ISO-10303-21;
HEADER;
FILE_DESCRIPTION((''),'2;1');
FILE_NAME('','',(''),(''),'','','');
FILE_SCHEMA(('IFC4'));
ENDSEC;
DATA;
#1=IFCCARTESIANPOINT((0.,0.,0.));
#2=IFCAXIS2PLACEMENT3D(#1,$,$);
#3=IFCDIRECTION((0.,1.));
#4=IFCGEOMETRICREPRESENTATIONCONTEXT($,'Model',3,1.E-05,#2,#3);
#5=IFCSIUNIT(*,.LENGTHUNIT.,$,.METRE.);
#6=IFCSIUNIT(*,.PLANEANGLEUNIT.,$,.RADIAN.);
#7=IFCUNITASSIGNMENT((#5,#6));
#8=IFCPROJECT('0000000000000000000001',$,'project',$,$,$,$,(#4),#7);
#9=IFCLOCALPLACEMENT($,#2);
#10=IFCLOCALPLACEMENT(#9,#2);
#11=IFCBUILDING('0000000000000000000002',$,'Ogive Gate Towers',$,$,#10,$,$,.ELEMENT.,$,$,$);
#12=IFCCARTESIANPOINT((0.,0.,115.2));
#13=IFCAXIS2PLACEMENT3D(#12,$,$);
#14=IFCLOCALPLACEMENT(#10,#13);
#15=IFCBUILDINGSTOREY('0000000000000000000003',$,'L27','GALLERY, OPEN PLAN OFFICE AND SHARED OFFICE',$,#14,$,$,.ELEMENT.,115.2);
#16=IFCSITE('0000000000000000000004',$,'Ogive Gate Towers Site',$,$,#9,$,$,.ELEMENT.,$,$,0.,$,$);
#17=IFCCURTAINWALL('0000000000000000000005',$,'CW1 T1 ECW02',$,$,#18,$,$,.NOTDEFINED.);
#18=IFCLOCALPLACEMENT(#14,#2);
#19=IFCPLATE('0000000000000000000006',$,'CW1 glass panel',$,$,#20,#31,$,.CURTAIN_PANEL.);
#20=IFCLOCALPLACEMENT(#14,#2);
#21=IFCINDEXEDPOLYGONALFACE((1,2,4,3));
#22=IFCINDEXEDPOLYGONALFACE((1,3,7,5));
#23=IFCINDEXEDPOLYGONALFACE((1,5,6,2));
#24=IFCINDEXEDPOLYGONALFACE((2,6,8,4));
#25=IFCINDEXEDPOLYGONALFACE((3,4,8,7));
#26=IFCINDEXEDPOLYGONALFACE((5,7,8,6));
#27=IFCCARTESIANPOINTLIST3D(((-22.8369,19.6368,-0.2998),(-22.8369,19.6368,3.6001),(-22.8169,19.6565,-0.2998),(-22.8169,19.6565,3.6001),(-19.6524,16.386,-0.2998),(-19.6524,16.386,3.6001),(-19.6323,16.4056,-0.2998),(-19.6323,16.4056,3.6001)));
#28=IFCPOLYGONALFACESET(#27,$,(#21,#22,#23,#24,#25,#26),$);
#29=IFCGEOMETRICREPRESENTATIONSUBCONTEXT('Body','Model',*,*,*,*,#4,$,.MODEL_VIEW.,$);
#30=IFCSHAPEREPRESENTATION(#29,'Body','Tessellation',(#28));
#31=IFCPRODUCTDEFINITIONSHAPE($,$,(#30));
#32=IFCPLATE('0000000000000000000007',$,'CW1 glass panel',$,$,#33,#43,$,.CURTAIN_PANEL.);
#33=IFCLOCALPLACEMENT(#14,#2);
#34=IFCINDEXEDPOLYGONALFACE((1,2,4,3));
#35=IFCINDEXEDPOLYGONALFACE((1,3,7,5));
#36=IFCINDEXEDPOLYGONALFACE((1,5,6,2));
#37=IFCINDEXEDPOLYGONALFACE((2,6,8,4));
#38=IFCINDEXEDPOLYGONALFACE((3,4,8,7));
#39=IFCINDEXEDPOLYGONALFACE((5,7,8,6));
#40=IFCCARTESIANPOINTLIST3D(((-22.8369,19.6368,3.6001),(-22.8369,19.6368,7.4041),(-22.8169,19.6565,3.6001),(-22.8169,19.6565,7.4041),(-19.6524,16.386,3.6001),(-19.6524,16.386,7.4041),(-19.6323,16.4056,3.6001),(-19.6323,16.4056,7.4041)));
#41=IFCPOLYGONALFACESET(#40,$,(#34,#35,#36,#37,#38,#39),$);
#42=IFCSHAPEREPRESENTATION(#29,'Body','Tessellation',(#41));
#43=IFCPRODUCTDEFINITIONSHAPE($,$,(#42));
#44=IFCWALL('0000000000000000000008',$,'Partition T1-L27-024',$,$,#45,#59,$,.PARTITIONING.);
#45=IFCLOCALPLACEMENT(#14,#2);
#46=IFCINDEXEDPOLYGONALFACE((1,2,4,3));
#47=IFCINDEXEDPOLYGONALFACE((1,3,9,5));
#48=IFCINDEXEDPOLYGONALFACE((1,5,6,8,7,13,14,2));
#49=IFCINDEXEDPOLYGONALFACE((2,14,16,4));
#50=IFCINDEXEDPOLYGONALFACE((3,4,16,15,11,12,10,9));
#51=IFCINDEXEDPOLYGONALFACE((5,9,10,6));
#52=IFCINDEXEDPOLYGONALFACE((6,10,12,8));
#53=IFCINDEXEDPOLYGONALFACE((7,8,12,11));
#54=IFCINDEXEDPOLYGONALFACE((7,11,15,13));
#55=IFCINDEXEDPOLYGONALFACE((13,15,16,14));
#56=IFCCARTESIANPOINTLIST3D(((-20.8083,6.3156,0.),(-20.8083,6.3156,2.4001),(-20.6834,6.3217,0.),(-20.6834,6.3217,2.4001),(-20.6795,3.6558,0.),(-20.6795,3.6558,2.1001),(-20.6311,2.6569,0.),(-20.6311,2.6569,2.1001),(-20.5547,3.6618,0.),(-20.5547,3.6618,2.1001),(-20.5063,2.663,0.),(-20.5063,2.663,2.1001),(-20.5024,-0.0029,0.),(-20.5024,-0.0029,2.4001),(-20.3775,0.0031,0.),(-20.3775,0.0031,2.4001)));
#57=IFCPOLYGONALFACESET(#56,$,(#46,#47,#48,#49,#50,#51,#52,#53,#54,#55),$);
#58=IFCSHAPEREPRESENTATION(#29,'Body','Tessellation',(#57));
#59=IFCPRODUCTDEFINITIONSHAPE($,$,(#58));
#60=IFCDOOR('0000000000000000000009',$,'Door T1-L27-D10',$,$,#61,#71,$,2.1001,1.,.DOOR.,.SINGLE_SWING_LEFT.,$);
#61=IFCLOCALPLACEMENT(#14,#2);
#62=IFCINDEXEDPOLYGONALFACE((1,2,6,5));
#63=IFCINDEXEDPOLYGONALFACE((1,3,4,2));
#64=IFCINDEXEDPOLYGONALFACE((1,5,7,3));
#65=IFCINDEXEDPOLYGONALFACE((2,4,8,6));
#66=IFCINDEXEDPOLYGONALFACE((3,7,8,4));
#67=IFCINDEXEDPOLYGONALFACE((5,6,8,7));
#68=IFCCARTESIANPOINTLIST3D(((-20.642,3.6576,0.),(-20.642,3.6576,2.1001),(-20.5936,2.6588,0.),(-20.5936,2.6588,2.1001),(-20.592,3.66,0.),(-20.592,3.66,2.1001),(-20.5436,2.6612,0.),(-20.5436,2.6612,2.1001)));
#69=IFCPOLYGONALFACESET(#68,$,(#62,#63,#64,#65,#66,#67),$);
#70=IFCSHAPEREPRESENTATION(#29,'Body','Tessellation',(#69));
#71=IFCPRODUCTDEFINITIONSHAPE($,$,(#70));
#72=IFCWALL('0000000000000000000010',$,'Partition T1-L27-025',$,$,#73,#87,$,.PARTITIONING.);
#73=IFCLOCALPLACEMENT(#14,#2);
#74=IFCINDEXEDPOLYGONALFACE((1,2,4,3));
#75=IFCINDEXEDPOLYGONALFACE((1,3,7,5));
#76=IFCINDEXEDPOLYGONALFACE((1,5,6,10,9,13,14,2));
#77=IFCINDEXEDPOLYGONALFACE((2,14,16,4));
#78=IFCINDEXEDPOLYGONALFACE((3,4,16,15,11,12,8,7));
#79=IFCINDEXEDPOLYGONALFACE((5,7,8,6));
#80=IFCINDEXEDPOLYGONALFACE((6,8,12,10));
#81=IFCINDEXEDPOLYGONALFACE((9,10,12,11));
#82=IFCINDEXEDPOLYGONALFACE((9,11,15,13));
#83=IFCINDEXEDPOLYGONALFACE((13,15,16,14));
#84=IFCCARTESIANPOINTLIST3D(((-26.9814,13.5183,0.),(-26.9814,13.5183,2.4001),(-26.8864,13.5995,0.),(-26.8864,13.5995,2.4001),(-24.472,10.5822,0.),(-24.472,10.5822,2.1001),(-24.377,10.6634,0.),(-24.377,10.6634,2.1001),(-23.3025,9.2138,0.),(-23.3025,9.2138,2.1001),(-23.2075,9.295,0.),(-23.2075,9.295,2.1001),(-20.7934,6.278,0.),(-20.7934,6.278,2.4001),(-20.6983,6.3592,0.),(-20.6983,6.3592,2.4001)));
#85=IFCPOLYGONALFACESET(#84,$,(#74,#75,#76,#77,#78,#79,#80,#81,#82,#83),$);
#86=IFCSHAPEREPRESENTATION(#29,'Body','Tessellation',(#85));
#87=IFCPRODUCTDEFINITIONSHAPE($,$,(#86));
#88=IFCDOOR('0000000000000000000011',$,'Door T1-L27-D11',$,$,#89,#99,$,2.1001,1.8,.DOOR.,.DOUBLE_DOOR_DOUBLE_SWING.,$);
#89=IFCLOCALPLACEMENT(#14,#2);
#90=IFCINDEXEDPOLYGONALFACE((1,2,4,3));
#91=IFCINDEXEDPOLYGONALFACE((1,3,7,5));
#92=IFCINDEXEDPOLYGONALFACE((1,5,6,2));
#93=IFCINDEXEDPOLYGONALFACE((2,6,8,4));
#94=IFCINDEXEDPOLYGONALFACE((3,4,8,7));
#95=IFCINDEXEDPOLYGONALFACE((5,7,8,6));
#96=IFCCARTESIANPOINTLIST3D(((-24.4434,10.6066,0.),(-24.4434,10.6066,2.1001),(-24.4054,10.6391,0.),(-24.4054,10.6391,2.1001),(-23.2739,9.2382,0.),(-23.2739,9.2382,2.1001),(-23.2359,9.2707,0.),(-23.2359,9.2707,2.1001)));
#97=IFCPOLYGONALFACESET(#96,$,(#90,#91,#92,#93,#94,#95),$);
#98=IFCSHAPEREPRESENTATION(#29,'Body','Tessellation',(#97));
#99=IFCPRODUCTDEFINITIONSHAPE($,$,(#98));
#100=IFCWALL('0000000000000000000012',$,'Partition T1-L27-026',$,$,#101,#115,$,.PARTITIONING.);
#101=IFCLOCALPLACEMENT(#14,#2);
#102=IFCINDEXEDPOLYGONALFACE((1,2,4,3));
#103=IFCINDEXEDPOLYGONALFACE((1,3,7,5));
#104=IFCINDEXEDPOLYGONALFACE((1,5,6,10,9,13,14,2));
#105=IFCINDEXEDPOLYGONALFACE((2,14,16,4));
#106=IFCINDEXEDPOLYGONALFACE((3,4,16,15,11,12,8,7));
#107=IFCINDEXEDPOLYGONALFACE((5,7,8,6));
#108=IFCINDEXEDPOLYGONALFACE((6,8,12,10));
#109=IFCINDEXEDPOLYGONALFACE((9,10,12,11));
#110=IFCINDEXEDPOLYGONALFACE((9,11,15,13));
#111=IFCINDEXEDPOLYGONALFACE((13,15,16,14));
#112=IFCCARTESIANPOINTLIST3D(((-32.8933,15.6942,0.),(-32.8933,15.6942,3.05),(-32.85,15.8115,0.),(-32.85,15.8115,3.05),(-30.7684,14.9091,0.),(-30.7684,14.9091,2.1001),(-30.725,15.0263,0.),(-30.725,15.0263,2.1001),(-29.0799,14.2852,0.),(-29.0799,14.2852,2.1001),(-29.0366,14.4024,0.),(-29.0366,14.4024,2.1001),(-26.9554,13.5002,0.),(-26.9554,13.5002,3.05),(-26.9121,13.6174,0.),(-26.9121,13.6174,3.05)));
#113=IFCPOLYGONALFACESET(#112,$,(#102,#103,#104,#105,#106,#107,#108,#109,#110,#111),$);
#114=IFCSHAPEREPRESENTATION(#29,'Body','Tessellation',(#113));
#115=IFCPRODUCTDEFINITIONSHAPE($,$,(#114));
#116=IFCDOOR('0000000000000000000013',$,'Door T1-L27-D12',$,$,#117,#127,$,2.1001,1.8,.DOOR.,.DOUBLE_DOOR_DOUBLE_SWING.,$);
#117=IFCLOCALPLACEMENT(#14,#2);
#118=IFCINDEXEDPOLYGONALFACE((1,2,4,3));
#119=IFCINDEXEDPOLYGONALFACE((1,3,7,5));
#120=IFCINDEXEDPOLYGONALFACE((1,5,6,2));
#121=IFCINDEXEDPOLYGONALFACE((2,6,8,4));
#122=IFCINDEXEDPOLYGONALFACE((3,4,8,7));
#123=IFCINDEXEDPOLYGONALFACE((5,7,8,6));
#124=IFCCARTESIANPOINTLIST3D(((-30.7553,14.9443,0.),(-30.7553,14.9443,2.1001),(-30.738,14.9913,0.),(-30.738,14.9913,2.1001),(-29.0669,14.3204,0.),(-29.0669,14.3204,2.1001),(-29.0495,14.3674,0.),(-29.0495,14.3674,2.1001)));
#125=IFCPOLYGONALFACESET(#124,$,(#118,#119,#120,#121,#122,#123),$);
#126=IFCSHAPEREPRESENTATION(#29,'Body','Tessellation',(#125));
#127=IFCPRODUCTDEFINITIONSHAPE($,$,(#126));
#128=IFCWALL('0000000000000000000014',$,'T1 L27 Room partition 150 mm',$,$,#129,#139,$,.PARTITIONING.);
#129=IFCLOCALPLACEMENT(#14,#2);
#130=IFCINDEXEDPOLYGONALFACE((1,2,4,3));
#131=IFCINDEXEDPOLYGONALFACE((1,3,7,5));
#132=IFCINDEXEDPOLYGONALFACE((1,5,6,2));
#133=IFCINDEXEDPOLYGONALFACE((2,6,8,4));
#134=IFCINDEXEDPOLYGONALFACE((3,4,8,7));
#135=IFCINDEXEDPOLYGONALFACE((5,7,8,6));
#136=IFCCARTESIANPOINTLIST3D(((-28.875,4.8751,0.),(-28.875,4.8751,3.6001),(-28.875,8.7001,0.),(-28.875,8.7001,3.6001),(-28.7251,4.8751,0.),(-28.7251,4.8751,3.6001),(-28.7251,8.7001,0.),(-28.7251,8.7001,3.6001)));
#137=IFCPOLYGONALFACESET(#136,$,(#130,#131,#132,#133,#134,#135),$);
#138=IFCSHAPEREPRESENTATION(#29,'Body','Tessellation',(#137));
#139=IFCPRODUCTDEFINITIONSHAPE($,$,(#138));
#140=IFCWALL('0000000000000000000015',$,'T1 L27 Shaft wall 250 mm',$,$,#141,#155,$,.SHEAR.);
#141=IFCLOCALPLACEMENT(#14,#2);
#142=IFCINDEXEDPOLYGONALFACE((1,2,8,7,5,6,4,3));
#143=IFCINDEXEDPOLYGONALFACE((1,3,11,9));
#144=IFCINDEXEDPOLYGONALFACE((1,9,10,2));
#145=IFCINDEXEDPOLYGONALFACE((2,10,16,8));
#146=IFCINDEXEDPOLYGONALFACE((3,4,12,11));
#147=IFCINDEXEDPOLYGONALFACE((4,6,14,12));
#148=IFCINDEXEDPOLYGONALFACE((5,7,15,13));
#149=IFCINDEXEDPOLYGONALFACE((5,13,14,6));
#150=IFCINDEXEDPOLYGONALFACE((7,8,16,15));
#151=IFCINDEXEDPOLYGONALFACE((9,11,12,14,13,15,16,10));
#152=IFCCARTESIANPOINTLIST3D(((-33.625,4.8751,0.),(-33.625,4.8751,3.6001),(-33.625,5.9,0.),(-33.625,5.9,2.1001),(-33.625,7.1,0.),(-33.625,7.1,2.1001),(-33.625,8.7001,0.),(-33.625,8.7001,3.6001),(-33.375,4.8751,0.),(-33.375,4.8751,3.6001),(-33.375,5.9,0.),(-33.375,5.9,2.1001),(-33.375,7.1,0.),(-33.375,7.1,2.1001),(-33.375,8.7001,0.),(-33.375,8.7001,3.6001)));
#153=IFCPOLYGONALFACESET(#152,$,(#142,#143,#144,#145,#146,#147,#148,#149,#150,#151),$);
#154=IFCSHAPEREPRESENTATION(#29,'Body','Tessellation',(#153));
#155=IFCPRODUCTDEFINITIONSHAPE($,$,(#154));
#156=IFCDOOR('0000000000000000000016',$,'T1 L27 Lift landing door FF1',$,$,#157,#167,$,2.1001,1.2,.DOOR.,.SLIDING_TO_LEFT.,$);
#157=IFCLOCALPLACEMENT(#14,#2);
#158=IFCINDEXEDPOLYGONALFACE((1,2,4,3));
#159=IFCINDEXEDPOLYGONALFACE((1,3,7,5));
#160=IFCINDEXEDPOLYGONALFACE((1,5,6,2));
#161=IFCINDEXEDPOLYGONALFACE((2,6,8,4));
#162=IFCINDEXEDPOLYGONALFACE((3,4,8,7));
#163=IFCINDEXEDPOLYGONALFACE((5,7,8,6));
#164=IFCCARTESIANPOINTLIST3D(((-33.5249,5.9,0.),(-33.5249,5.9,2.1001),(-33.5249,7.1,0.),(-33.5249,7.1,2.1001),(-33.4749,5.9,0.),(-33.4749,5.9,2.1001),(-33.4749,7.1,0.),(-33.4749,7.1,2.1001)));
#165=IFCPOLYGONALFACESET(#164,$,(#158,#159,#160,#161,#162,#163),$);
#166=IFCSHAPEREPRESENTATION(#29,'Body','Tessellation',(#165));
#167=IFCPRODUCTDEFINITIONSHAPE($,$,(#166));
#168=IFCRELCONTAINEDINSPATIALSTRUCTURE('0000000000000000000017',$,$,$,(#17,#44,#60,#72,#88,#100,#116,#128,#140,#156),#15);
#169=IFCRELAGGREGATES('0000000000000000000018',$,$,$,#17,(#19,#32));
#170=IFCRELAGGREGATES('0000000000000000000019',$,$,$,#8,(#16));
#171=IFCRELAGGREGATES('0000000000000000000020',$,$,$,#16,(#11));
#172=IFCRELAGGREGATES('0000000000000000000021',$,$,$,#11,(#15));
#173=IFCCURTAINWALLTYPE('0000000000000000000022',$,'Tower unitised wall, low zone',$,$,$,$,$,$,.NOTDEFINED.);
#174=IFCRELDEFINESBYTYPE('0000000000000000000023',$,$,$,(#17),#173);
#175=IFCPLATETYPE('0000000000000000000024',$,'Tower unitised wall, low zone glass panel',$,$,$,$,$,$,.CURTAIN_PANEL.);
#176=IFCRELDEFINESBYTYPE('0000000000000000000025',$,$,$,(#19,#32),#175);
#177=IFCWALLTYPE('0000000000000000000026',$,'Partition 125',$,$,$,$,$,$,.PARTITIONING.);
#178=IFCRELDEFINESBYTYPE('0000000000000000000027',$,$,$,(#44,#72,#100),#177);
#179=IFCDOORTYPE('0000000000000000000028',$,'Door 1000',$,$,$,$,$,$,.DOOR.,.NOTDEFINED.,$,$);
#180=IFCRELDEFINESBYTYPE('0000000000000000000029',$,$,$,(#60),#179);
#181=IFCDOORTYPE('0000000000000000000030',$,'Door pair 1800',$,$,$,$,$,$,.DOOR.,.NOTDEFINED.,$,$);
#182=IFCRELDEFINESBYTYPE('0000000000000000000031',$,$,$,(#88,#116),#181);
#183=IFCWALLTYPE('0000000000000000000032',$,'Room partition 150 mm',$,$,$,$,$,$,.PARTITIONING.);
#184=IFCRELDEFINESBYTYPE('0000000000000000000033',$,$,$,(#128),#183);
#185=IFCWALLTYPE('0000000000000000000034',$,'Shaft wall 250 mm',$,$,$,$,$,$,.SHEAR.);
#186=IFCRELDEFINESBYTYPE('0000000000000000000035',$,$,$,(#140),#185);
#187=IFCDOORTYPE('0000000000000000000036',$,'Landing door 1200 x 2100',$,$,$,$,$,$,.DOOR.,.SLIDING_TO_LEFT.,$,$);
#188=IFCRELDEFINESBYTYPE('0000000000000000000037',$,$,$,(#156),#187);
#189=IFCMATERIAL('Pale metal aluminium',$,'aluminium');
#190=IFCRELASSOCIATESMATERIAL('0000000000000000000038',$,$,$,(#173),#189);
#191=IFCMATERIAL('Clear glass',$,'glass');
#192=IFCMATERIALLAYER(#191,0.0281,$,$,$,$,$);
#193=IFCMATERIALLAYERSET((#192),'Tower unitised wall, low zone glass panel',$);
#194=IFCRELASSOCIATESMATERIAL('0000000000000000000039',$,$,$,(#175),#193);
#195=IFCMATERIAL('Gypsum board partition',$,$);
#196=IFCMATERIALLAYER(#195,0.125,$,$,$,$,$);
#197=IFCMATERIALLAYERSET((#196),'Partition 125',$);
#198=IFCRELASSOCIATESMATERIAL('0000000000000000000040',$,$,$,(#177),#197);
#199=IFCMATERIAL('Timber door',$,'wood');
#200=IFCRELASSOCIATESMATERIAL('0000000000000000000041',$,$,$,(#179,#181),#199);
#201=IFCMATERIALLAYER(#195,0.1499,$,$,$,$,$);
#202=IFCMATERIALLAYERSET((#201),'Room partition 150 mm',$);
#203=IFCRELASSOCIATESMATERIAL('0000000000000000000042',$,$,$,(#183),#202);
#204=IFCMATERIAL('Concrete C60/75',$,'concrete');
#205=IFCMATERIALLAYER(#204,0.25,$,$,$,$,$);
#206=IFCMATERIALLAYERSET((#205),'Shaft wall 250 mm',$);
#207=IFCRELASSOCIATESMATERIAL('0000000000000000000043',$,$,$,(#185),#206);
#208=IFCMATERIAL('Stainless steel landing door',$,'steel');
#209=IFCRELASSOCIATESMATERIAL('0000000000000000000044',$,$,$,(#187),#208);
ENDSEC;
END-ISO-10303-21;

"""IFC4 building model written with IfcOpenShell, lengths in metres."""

from ifc_helpers import new_model, si_unit, direction, frame, frame_2d, origin, origin_2d, place, context, subcontext, project, spatial, rectangle, extrude, material, layer, layer_set, type_object, element, fill, aggregate, save


model = new_model("IFC4")

# Units and contexts
model_context = context("Model", 3, precision=1e-05, world=origin(), true_north=direction((0.0, 1.0)))
body_context = subcontext(model_context, "Body", "Model", "MODEL_VIEW")
ifc_project = project(units=[si_unit("LENGTHUNIT", "METRE"), si_unit("PLANEANGLEUNIT", "RADIAN")], contexts=[model_context])

# Site, building, storey
site_placement = place(None, origin())
site = spatial("IfcSite", under=ifc_project, at=site_placement, Name="Ogive Gate Towers Site", CompositionType="ELEMENT", RefElevation=0.0)
building_placement = place(site_placement, origin())
building = spatial("IfcBuilding", under=site, at=building_placement, Name="Ogive Gate Towers", CompositionType="ELEMENT")
storey_placement = place(building_placement, frame((0.0, 0.0, 115.2)))
storey = spatial("IfcBuildingStorey", under=building, at=storey_placement, Name="L27", Description="GALLERY, OPEN PLAN OFFICE AND SHARED OFFICE", CompositionType="ELEMENT", Elevation=115.2)

# Curtain wall
ifc_material_1 = material(Name="Pale metal aluminium", Category="aluminium")
curtain_wall_type = type_object("IfcCurtainWallType", Name="Tower unitised wall, low zone", PredefinedType="NOTDEFINED", material=ifc_material_1)
curtain_wall_1_placement = place(storey_placement, origin())
curtain_wall_1 = element("IfcCurtainWall", 1, at=curtain_wall_1_placement, inside=storey, type_object=curtain_wall_type, Name="CW1 T1 ECW02", PredefinedType="NOTDEFINED")

# Plates
ifc_material_2 = material(Name="Clear glass", Category="glass")
ifc_layer_1 = layer(ifc_material_2, 0.0281)
ifc_layer_set_1 = layer_set([ifc_layer_1], Name="Tower unitised wall, low zone glass panel")
plate_type = type_object("IfcPlateType", Name="Tower unitised wall, low zone glass panel", PredefinedType="CURTAIN_PANEL", material=ifc_layer_set_1)
plate_1_placement = place(storey_placement, frame((-21.2346, 18.0212, -0.2998), z_axis=(0.0, 0.0, 1.0), x_axis=(-0.699788, 0.714351, 0.0)))
plate_1 = element("IfcPlate", 2, at=plate_1_placement, type_object=plate_type, Name="CW1 glass panel", PredefinedType="CURTAIN_PANEL", context=body_context, shape_type="SweptSolid", body=[
    extrude(rectangle(XDim=4.5508, YDim=0.0281, at=origin_2d()), origin(), (0.0, 0.0, 1.0), 3.8999),
])
plate_2_placement = place(storey_placement, frame((-21.2346, 18.0212, 3.6001), z_axis=(0.0, 0.0, 1.0), x_axis=(-0.699788, 0.714351, 0.0)))
plate_2 = element("IfcPlate", 3, at=plate_2_placement, type_object=plate_type, Name="CW1 glass panel", PredefinedType="CURTAIN_PANEL", context=body_context, shape_type="SweptSolid", body=[
    extrude(rectangle(XDim=4.5508, YDim=0.0281, at=origin_2d()), origin(), (0.0, 0.0, 1.0), 3.804),
])
aggregate(curtain_wall_1, [plate_1, plate_2])

# Walls, openings, doors
ifc_material_3 = material(Name="Gypsum board partition")
ifc_layer_2 = layer(ifc_material_3, 0.125)
ifc_layer_set_2 = layer_set([ifc_layer_2], Name="Partition 125")
wall_type_1 = type_object("IfcWallType", Name="Partition 125", PredefinedType="PARTITIONING", material=ifc_layer_set_2)
wall_1_placement = place(storey_placement, frame((-20.4399, 0.0, 0.0), z_axis=(0.0, 0.0, 1.0), x_axis=(-0.048357, 0.99883, 0.0)))
wall_1 = element("IfcWall", 4, at=wall_1_placement, inside=storey, type_object=wall_type_1, Name="Partition T1-L27-024", PredefinedType="PARTITIONING", context=body_context, shape_type="SweptSolid", body=[
    extrude(rectangle(XDim=6.3259, YDim=0.125, at=frame_2d((3.1631, 0.0))), origin(), (0.0, 0.0, 1.0), 2.4001),
])
opening_1_placement = place(wall_1_placement, frame((2.6631, 0.0, 0.0)))
opening_1 = element("IfcOpeningElement", 5, at=opening_1_placement, cuts=wall_1, PredefinedType="OPENING", context=body_context, shape_type="SweptSolid", body=[
    extrude(rectangle(XDim=1.0, YDim=2.1001, at=frame_2d((0.5, 1.05))), frame((0.0, 0.0725, 0.0), z_axis=(0.0, -1.0, 0.0), x_axis=(1.0, 0.0, 0.0)), (0.0, 0.0, 1.0), 0.145),
])
ifc_material_4 = material(Name="Timber door", Category="wood")
door_type_1 = type_object("IfcDoorType", Name="Door 1000", OperationType="NOTDEFINED", PredefinedType="DOOR", material=ifc_material_4)
door_1_placement = place(opening_1_placement, origin())
door_1 = element("IfcDoor", 6, at=door_1_placement, inside=storey, type_object=door_type_1, Name="Door T1-L27-D10", OperationType="SINGLE_SWING_LEFT", OverallHeight=2.1001, OverallWidth=1.0, PredefinedType="DOOR", context=body_context, shape_type="SweptSolid", body=[
    extrude(rectangle(XDim=1.0, YDim=2.1001, at=frame_2d((0.5, 1.05))), frame((0.0, 0.0249, 0.0), z_axis=(0.0, -1.0, 0.0), x_axis=(1.0, 0.0, 0.0)), (0.0, 0.0, 1.0), 0.05),
])
fill(opening_1, door_1)
wall_2_placement = place(storey_placement, frame((-20.7458, 6.3186, 0.0), z_axis=(0.0, 0.0, 1.0), x_axis=(-0.649706, 0.760186, 0.0)))
wall_2 = element("IfcWall", 7, at=wall_2_placement, inside=storey, type_object=wall_type_1, Name="Partition T1-L27-025", PredefinedType="PARTITIONING", context=body_context, shape_type="SweptSolid", body=[
    extrude(rectangle(XDim=9.5244, YDim=0.125, at=frame_2d((4.7622, 0.0))), origin(), (0.0, 0.0, 1.0), 2.4001),
])
opening_2_placement = place(wall_2_placement, frame((3.8621, 0.0, 0.0)))
opening_2 = element("IfcOpeningElement", 8, at=opening_2_placement, cuts=wall_2, PredefinedType="OPENING", context=body_context, shape_type="SweptSolid", body=[
    extrude(rectangle(XDim=1.8, YDim=2.1001, at=frame_2d((0.8999, 1.05))), frame((0.0, 0.0725, 0.0), z_axis=(0.0, -1.0, 0.0), x_axis=(1.0, 0.0, 0.0)), (0.0, 0.0, 1.0), 0.145),
])
door_type_2 = type_object("IfcDoorType", Name="Door pair 1800", OperationType="NOTDEFINED", PredefinedType="DOOR", material=ifc_material_4)
door_2_placement = place(opening_2_placement, origin())
door_2 = element("IfcDoor", 9, at=door_2_placement, inside=storey, type_object=door_type_2, Name="Door T1-L27-D11", OperationType="DOUBLE_DOOR_DOUBLE_SWING", OverallHeight=2.1001, OverallWidth=1.8, PredefinedType="DOOR", context=body_context, shape_type="SweptSolid", body=[
    extrude(rectangle(XDim=1.8, YDim=2.1001, at=frame_2d((0.8999, 1.05))), frame((0.0, 0.0249, 0.0), z_axis=(0.0, -1.0, 0.0), x_axis=(1.0, 0.0, 0.0)), (0.0, 0.0, 1.0), 0.05),
])
fill(opening_2, door_2)
wall_3_placement = place(storey_placement, frame((-26.9338, 13.5588, 0.0), z_axis=(0.0, 0.0, 1.0), x_axis=(-0.938014, 0.346597, 0.0)))
wall_3 = element("IfcWall", 10, at=wall_3_placement, inside=storey, type_object=wall_type_1, Name="Partition T1-L27-026", PredefinedType="PARTITIONING", context=body_context, shape_type="SweptSolid", body=[
    extrude(rectangle(XDim=6.3303, YDim=0.125, at=frame_2d((3.165, 0.0))), origin(), (0.0, 0.0, 1.0), 3.05),
])
opening_3_placement = place(wall_3_placement, frame((2.2649, 0.0, 0.0)))
opening_3 = element("IfcOpeningElement", 11, at=opening_3_placement, cuts=wall_3, PredefinedType="OPENING", context=body_context, shape_type="SweptSolid", body=[
    extrude(rectangle(XDim=1.8, YDim=2.1001, at=frame_2d((0.8999, 1.05))), frame((0.0, 0.0725, 0.0), z_axis=(0.0, -1.0, 0.0), x_axis=(1.0, 0.0, 0.0)), (0.0, 0.0, 1.0), 0.145),
])
door_3_placement = place(opening_3_placement, origin())
door_3 = element("IfcDoor", 12, at=door_3_placement, inside=storey, type_object=door_type_2, Name="Door T1-L27-D12", OperationType="DOUBLE_DOOR_DOUBLE_SWING", OverallHeight=2.1001, OverallWidth=1.8, PredefinedType="DOOR", context=body_context, shape_type="SweptSolid", body=[
    extrude(rectangle(XDim=1.8, YDim=2.1001, at=frame_2d((0.8999, 1.05))), frame((0.0, 0.0249, 0.0), z_axis=(0.0, -1.0, 0.0), x_axis=(1.0, 0.0, 0.0)), (0.0, 0.0, 1.0), 0.05),
])
fill(opening_3, door_3)

# Wall
ifc_layer_3 = layer(ifc_material_3, 0.1499)
ifc_layer_set_3 = layer_set([ifc_layer_3], Name="Room partition 150 mm")
wall_type_2 = type_object("IfcWallType", Name="Room partition 150 mm", PredefinedType="PARTITIONING", material=ifc_layer_set_3)
wall_4_placement = place(storey_placement, frame((-28.8, 4.875, 0.0), z_axis=(0.0, 0.0, 1.0), x_axis=(0.0, 1.0, 0.0)))
element("IfcWall", 13, at=wall_4_placement, inside=storey, type_object=wall_type_2, Name="T1 L27 Room partition 150 mm", PredefinedType="PARTITIONING", context=body_context, shape_type="SweptSolid", body=[
    extrude(rectangle(XDim=3.825, YDim=0.1499, at=frame_2d((1.9126, 0.0))), origin(), (0.0, 0.0, 1.0), 3.6001),
])

# Wall, opening, door
ifc_material_5 = material(Name="Concrete C60/75", Category="concrete")
ifc_layer_4 = layer(ifc_material_5, 0.25)
ifc_layer_set_4 = layer_set([ifc_layer_4], Name="Shaft wall 250 mm")
wall_type_3 = type_object("IfcWallType", Name="Shaft wall 250 mm", PredefinedType="SHEAR", material=ifc_layer_set_4)
wall_5_placement = place(storey_placement, frame((-33.5, 4.875, 0.0), z_axis=(0.0, 0.0, 1.0), x_axis=(0.0, 1.0, 0.0)))
wall_5 = element("IfcWall", 14, at=wall_5_placement, inside=storey, type_object=wall_type_3, Name="T1 L27 Shaft wall 250 mm", PredefinedType="SHEAR", context=body_context, shape_type="SweptSolid", body=[
    extrude(rectangle(XDim=3.825, YDim=0.25, at=frame_2d((1.9126, 0.0))), origin(), (0.0, 0.0, 1.0), 3.6001),
])
opening_4_placement = place(wall_5_placement, frame((1.0249, 0.0, 0.0)))
opening_4 = element("IfcOpeningElement", 15, at=opening_4_placement, cuts=wall_5, PredefinedType="OPENING", context=body_context, shape_type="SweptSolid", body=[
    extrude(rectangle(XDim=1.2, YDim=2.1001, at=frame_2d((0.6001, 1.05))), frame((0.0, 0.135, 0.0), z_axis=(0.0, -1.0, 0.0), x_axis=(1.0, 0.0, 0.0)), (0.0, 0.0, 1.0), 0.27),
])
ifc_material_6 = material(Name="Stainless steel landing door", Category="steel")
door_type_3 = type_object("IfcDoorType", Name="Landing door 1200 x 2100", OperationType="SLIDING_TO_LEFT", PredefinedType="DOOR", material=ifc_material_6)
door_4_placement = place(opening_4_placement, origin())
door_4 = element("IfcDoor", 16, at=door_4_placement, inside=storey, type_object=door_type_3, Name="T1 L27 Lift landing door FF1", OperationType="SLIDING_TO_LEFT", OverallHeight=2.1001, OverallWidth=1.2, PredefinedType="DOOR", context=body_context, shape_type="SweptSolid", body=[
    extrude(rectangle(XDim=1.2, YDim=2.1001, at=frame_2d((0.6001, 1.05))), frame((0.0, 0.0249, 0.0), z_axis=(0.0, -1.0, 0.0), x_axis=(1.0, 0.0, 0.0)), (0.0, 0.0, 1.0), 0.05),
])
fill(opening_4, door_4)

save(model, "model.ifc")
